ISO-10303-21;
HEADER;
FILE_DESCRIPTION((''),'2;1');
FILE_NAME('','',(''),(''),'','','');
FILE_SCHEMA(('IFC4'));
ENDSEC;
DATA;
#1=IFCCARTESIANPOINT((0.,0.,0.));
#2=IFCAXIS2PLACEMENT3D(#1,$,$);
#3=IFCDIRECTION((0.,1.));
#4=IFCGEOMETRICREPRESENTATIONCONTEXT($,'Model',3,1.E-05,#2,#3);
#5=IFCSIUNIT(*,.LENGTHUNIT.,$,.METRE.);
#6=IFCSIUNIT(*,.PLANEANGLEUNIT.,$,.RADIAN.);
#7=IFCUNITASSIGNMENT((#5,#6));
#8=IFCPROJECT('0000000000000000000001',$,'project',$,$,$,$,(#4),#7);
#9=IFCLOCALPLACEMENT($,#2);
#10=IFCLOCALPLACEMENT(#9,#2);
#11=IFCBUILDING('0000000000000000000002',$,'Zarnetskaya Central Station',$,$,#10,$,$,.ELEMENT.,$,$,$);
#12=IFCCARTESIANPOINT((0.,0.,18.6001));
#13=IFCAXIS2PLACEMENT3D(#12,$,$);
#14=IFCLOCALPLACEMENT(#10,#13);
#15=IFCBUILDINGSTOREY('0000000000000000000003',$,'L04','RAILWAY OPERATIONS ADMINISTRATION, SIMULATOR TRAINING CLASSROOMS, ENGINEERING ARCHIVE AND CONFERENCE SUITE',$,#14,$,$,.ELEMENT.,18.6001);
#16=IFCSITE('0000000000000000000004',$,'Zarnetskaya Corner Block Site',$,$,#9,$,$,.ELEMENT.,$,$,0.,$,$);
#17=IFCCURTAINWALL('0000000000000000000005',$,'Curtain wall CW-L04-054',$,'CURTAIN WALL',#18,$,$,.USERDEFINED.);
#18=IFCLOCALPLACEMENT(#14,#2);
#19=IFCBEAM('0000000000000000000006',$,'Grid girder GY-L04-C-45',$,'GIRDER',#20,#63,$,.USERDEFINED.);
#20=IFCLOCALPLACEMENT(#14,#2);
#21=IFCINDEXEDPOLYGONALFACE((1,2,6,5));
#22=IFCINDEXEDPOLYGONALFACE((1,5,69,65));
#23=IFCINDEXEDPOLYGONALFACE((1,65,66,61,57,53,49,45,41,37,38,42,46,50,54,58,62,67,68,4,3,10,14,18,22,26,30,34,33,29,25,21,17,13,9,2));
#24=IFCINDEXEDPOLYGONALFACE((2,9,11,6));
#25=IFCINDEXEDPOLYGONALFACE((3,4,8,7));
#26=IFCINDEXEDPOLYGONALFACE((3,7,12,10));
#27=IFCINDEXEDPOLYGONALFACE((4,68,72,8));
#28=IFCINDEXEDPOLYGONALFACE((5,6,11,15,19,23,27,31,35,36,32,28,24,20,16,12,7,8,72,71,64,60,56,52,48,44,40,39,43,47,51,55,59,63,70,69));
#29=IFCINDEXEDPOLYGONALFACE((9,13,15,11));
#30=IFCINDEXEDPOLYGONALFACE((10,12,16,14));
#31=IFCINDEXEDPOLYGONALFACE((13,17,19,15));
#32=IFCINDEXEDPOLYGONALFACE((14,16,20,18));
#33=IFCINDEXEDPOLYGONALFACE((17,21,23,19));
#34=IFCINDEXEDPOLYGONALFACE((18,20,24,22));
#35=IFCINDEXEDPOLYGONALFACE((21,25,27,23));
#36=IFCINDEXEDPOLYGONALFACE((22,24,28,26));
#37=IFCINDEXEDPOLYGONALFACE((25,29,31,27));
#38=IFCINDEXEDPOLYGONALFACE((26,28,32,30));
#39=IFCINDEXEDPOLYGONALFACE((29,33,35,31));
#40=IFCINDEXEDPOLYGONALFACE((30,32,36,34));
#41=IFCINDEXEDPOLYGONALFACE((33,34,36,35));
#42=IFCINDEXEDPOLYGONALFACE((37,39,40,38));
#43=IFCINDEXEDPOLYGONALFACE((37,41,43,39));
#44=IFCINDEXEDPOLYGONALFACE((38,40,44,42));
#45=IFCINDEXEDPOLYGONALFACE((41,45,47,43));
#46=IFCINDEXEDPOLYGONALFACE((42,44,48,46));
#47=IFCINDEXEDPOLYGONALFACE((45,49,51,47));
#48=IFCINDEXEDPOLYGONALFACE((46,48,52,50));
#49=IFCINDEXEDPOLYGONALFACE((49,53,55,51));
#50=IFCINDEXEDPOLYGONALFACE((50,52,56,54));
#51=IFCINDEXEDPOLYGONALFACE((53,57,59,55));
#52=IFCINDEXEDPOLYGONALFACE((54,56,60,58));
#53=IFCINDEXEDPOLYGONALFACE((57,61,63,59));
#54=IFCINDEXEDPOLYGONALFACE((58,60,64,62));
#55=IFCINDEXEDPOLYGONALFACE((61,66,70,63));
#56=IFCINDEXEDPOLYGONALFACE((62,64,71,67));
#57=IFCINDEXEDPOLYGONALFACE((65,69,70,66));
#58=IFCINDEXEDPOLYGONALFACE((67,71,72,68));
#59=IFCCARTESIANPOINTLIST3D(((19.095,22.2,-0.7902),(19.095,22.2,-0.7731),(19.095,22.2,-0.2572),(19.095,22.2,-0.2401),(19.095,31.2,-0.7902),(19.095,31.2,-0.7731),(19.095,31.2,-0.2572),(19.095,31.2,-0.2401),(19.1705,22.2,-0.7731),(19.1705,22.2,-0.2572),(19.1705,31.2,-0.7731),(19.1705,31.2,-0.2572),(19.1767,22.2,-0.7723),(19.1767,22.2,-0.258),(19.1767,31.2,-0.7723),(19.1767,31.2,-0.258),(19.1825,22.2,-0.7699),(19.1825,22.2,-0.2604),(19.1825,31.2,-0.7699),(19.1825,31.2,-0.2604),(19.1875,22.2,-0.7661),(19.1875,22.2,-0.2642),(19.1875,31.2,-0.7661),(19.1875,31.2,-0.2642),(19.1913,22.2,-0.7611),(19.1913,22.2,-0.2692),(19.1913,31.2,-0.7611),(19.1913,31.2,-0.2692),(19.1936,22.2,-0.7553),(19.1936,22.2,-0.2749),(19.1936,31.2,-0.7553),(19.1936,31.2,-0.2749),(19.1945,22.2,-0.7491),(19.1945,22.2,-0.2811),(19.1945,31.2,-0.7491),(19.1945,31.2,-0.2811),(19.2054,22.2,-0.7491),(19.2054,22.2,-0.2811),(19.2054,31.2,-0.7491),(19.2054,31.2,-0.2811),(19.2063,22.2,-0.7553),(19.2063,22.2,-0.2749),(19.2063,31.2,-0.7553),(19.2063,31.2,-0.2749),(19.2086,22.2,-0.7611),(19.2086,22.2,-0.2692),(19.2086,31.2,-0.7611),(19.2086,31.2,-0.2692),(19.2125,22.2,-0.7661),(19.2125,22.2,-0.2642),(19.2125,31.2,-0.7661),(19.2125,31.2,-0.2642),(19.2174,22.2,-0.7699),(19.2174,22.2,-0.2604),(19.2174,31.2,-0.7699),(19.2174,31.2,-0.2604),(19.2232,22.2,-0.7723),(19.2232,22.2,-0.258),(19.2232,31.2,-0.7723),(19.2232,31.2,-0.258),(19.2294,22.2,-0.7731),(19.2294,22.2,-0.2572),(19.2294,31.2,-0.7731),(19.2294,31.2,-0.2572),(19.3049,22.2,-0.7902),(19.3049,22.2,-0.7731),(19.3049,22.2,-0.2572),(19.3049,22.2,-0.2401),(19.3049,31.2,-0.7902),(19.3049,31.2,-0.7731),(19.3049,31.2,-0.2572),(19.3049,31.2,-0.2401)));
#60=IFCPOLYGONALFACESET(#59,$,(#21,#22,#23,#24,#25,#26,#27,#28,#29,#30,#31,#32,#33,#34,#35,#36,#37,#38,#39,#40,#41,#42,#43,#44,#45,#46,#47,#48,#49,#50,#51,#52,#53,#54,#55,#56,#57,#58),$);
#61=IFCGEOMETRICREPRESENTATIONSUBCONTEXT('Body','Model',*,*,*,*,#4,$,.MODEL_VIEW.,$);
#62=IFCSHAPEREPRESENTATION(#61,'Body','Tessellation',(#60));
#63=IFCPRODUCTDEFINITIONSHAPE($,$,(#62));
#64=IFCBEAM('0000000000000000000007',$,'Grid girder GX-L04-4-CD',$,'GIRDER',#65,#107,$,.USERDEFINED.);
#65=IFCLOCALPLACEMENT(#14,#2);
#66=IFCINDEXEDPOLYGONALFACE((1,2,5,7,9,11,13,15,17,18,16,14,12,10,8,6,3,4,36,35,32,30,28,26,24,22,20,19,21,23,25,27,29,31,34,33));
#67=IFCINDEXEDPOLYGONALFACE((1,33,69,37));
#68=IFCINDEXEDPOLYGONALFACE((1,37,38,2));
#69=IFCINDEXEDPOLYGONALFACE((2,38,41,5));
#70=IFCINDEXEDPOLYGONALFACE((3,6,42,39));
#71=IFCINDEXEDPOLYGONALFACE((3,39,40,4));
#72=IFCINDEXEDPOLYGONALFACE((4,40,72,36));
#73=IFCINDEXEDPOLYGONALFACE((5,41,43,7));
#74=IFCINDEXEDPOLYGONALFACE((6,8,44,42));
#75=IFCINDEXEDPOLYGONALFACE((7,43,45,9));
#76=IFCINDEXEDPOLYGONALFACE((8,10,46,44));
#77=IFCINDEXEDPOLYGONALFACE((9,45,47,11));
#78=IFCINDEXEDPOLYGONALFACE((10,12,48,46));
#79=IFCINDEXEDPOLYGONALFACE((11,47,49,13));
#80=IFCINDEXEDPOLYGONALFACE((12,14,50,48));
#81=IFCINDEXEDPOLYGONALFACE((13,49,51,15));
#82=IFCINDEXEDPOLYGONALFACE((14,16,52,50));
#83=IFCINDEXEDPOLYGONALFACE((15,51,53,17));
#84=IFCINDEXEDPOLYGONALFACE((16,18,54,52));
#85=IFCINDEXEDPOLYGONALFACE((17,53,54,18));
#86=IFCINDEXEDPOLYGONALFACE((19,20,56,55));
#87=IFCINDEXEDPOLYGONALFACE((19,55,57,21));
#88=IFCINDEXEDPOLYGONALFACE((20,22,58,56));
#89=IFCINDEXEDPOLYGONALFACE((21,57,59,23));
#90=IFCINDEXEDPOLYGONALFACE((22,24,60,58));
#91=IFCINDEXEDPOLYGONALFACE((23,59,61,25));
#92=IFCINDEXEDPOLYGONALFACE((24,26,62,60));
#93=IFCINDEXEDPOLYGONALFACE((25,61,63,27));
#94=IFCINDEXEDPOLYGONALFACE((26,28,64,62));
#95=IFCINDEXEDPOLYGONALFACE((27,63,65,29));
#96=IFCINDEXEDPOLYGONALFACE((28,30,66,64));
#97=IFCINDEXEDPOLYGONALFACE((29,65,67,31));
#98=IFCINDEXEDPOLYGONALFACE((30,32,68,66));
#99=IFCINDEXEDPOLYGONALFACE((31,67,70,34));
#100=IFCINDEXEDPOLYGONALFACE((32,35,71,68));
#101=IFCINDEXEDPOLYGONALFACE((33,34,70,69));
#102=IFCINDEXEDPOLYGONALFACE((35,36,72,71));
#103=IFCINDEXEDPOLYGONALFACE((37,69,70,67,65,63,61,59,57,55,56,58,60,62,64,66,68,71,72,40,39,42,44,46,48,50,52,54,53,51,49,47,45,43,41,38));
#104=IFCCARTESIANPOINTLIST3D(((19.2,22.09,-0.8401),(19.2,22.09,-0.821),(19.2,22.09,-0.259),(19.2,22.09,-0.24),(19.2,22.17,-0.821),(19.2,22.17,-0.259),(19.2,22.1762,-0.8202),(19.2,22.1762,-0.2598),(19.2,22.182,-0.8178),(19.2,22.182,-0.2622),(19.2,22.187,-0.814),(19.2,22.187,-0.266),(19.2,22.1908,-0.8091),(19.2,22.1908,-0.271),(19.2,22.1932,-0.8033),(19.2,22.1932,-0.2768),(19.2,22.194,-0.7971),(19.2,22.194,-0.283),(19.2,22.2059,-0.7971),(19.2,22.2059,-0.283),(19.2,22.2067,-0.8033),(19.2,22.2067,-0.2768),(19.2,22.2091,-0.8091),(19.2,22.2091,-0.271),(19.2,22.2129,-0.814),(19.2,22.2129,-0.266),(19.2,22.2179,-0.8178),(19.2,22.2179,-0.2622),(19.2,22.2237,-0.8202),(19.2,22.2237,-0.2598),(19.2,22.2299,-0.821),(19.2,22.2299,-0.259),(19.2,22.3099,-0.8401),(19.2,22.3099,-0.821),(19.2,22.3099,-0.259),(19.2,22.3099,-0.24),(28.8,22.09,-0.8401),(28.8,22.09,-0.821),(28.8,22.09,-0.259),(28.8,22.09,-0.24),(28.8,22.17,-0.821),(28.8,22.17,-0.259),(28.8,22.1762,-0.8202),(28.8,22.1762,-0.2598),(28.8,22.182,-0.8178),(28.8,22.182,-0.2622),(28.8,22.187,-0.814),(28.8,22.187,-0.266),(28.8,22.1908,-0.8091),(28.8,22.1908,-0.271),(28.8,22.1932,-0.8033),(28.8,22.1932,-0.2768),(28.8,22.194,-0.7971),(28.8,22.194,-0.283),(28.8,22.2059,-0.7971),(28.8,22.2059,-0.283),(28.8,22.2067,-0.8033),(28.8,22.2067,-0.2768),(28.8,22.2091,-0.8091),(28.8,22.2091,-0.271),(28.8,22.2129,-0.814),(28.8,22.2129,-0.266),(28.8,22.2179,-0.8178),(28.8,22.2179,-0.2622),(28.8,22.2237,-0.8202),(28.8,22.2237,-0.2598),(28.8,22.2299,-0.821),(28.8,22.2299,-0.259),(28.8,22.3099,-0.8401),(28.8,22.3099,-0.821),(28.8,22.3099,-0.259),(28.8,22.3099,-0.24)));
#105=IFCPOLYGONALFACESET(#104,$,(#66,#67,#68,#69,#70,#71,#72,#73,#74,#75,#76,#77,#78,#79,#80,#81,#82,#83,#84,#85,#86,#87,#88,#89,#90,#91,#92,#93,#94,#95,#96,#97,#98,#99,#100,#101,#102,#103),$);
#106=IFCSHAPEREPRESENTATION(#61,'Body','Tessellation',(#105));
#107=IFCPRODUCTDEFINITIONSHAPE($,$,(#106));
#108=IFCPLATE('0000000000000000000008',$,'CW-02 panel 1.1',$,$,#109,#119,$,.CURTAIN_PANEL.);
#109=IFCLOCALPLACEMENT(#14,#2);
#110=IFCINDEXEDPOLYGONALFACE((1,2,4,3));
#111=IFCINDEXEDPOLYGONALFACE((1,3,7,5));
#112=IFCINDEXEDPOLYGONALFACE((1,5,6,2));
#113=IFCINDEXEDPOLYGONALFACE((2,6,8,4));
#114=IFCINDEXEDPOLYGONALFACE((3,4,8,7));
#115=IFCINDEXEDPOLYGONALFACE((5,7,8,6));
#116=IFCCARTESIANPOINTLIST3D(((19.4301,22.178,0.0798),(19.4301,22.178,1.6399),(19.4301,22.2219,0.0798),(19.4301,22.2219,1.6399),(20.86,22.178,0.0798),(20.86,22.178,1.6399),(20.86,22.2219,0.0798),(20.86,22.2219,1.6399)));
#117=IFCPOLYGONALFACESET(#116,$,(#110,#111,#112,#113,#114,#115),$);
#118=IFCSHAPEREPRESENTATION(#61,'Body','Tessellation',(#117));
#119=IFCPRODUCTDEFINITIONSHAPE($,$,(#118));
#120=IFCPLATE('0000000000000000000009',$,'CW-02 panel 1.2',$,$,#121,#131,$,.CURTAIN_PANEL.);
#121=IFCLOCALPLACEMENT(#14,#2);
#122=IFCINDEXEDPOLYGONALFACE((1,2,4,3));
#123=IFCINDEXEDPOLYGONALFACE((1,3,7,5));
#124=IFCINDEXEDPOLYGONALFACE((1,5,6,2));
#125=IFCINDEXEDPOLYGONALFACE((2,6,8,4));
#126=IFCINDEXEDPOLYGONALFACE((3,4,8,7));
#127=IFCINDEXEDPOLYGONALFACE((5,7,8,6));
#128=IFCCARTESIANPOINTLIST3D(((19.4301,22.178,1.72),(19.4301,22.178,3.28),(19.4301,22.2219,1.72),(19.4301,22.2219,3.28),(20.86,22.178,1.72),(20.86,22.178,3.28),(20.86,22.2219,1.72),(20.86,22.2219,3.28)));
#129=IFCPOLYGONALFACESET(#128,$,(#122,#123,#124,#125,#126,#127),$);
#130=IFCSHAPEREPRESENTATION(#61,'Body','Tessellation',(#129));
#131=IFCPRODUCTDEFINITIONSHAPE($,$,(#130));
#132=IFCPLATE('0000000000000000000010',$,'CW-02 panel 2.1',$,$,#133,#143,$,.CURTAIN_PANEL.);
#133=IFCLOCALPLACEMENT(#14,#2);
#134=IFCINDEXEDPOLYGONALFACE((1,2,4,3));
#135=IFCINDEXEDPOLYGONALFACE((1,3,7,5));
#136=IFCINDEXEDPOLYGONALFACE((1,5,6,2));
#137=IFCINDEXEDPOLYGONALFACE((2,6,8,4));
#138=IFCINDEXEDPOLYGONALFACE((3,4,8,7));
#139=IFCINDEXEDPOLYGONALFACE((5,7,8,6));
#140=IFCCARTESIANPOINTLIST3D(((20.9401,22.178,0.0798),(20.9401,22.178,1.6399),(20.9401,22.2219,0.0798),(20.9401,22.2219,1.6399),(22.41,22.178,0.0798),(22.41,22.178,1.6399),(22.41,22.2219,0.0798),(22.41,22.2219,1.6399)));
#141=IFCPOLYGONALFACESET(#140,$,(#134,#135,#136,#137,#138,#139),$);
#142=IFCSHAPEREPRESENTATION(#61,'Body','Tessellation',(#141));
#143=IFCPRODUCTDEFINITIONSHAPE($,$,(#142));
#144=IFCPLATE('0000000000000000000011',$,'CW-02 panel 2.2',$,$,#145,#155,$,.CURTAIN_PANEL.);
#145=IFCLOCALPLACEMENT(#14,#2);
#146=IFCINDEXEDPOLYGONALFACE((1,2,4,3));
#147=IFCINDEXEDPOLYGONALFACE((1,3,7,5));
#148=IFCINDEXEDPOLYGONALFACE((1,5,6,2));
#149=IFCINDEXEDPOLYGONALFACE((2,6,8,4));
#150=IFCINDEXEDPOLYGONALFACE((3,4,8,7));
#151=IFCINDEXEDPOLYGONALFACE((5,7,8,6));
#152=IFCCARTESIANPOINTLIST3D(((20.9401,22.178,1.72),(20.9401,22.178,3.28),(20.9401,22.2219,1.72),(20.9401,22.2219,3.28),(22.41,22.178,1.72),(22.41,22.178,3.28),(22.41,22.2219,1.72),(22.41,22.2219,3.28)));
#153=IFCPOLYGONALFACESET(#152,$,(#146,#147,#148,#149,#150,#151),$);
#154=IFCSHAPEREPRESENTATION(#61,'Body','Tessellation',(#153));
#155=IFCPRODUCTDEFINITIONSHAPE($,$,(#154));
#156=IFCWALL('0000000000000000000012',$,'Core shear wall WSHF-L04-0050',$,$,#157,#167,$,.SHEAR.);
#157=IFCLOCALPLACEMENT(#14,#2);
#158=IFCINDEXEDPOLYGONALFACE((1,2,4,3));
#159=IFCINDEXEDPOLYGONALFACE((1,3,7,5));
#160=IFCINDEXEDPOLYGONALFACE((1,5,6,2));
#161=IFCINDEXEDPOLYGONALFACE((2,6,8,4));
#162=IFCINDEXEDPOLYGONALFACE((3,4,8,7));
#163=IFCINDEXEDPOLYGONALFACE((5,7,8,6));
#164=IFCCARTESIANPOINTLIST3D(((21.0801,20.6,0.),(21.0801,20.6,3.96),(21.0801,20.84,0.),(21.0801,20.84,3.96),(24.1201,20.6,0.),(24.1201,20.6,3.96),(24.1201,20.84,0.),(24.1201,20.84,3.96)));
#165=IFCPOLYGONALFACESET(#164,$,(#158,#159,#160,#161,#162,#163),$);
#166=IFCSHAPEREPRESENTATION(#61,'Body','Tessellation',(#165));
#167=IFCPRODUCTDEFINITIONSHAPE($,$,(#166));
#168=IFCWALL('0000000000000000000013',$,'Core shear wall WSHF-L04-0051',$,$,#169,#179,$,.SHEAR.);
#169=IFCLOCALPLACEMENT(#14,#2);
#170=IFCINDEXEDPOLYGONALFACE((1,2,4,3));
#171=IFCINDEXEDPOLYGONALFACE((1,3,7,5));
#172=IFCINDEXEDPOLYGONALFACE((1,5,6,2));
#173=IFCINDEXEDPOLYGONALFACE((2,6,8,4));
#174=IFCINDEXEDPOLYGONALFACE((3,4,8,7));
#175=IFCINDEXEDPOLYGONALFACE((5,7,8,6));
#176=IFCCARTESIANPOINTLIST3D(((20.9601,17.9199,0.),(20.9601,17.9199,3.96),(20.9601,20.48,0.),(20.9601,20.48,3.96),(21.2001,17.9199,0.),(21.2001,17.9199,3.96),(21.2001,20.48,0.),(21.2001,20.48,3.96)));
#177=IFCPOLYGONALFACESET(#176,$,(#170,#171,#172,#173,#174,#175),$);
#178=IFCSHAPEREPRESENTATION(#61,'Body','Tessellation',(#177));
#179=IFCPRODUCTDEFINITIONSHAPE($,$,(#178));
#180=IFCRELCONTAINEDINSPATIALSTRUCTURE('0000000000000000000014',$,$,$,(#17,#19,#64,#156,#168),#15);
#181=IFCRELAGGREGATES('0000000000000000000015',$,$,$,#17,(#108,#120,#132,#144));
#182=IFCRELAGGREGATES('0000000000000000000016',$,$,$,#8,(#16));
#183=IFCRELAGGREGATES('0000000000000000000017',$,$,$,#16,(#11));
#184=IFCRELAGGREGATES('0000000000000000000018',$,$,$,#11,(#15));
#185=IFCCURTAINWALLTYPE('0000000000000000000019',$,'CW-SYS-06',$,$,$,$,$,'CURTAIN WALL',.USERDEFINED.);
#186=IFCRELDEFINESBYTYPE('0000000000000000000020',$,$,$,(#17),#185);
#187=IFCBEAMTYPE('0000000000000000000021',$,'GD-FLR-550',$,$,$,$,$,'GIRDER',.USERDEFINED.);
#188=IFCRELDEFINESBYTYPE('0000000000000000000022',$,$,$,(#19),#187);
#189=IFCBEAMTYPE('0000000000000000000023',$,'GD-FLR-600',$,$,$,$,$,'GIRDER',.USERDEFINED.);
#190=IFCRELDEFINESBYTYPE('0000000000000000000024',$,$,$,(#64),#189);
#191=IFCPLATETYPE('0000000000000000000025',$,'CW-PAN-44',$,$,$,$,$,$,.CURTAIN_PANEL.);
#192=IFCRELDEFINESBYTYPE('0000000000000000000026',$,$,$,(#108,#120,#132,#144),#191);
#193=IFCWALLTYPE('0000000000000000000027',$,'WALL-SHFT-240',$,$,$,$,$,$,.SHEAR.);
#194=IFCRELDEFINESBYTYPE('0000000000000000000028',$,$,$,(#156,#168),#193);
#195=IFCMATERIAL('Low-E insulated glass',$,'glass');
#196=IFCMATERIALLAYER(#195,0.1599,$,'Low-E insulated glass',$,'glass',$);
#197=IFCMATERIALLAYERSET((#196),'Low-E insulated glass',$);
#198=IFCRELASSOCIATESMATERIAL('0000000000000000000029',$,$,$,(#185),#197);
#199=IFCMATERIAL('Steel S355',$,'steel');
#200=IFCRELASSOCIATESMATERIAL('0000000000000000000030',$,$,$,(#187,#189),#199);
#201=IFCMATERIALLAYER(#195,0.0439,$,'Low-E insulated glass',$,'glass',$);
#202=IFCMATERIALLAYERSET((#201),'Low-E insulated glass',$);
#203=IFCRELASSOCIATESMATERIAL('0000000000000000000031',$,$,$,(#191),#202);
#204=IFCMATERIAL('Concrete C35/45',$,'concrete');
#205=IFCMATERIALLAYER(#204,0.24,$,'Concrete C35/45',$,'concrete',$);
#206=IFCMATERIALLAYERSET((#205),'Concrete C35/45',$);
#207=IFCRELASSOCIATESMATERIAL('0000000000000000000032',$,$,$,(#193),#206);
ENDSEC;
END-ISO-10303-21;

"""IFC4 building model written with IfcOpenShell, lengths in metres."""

from ifc_helpers import new_model, si_unit, direction, frame, frame_2d, origin, origin_2d, place, context, subcontext, project, spatial, rectangle, i_section, extrude, material, layer, layer_set, material_profile, profile_set, type_object, element, aggregate, save


model = new_model("IFC4")

# Units and contexts
model_context = context("Model", 3, precision=1e-05, world=origin(), true_north=direction((0.0, 1.0)))
body_context = subcontext(model_context, "Body", "Model", "MODEL_VIEW")
ifc_project = project(units=[si_unit("LENGTHUNIT", "METRE"), si_unit("PLANEANGLEUNIT", "RADIAN")], contexts=[model_context])

# Site, building, storey
site_placement = place(None, origin())
site = spatial("IfcSite", under=ifc_project, at=site_placement, Name="Zarnetskaya Corner Block Site", CompositionType="ELEMENT", RefElevation=0.0)
building_placement = place(site_placement, origin())
building = spatial("IfcBuilding", under=site, at=building_placement, Name="Zarnetskaya Central Station", CompositionType="ELEMENT")
storey_placement = place(building_placement, frame((0.0, 0.0, 18.6001)))
storey = spatial("IfcBuildingStorey", under=building, at=storey_placement, Name="L04", Description="RAILWAY OPERATIONS ADMINISTRATION, SIMULATOR TRAINING CLASSROOMS, ENGINEERING ARCHIVE AND CONFERENCE SUITE", CompositionType="ELEMENT", Elevation=18.6001)

# Shared definitions
ifc_material_1 = material(Name="Steel S355", Category="steel")

# Curtain wall
ifc_material_2 = material(Name="Low-E insulated glass", Category="glass")
ifc_layer_1 = layer(ifc_material_2, 0.1599, Name="Low-E insulated glass", Category="glass")
ifc_layer_set_1 = layer_set([ifc_layer_1], Name="Low-E insulated glass")
curtain_wall_type = type_object("IfcCurtainWallType", Name="CW-SYS-06", ElementType="CURTAIN WALL", PredefinedType="USERDEFINED", material=ifc_layer_set_1)
curtain_wall_placement = place(storey_placement, origin())
curtain_wall = element("IfcCurtainWall", 1, at=curtain_wall_placement, inside=storey, type_object=curtain_wall_type, Name="Curtain wall CW-L04-054", ObjectType="CURTAIN WALL", PredefinedType="USERDEFINED")

# Beams
ifc_material_profile_1 = material_profile(ifc_material_1, i_section(OverallWidth=0.21, OverallDepth=0.55, WebThickness=0.011, FlangeThickness=0.0171, FilletRadius=0.0239, at=origin_2d()), Name="IPE 550")
ifc_profile_set_1 = profile_set([ifc_material_profile_1], Name="Steel S355")
beam_type_1 = type_object("IfcBeamType", Name="GD-FLR-550", ElementType="GIRDER", PredefinedType="USERDEFINED", material=ifc_profile_set_1)
beam_1_placement = place(storey_placement, frame((19.2, 22.2, -0.5151), z_axis=(0.0, 1.0, 0.0), x_axis=(-1.0, 0.0, 0.0)))
element("IfcBeam", 2, at=beam_1_placement, inside=storey, type_object=beam_type_1, Name="Grid girder GY-L04-C-45", ObjectType="GIRDER", PredefinedType="USERDEFINED", context=body_context, shape_type="SweptSolid", body=[
    extrude(i_section(OverallWidth=0.21, OverallDepth=0.55, WebThickness=0.011, FlangeThickness=0.0171, FilletRadius=0.0239, at=origin_2d()), origin(), (0.0, 0.0, 1.0), 9.0),
])
ifc_material_profile_2 = material_profile(ifc_material_1, i_section(OverallWidth=0.22, OverallDepth=0.6001, WebThickness=0.012, FlangeThickness=0.019, FilletRadius=0.0239, at=origin_2d()), Name="IPE 600")
ifc_profile_set_2 = profile_set([ifc_material_profile_2], Name="Steel S355")
beam_type_2 = type_object("IfcBeamType", Name="GD-FLR-600", ElementType="GIRDER", PredefinedType="USERDEFINED", material=ifc_profile_set_2)
beam_2_placement = place(storey_placement, frame((19.2, 22.2, -0.54), z_axis=(1.0, 0.0, 0.0), x_axis=(0.0, 1.0, 0.0)))
element("IfcBeam", 3, at=beam_2_placement, inside=storey, type_object=beam_type_2, Name="Grid girder GX-L04-4-CD", ObjectType="GIRDER", PredefinedType="USERDEFINED", context=body_context, shape_type="SweptSolid", body=[
    extrude(i_section(OverallWidth=0.22, OverallDepth=0.6001, WebThickness=0.012, FlangeThickness=0.019, FilletRadius=0.0239, at=origin_2d()), origin(), (0.0, 0.0, 1.0), 9.6001),
])

# Plates
ifc_layer_2 = layer(ifc_material_2, 0.0439, Name="Low-E insulated glass", Category="glass")
ifc_layer_set_2 = layer_set([ifc_layer_2], Name="Low-E insulated glass")
plate_type = type_object("IfcPlateType", Name="CW-PAN-44", PredefinedType="CURTAIN_PANEL", material=ifc_layer_set_2)
plate_1_placement = place(storey_placement, frame((20.145, 22.2, 0.0798), z_axis=(0.0, 0.0, 1.0), x_axis=(1.0, 0.0, 0.0)))
plate_1 = element("IfcPlate", 4, at=plate_1_placement, type_object=plate_type, Name="CW-02 panel 1.1", PredefinedType="CURTAIN_PANEL", context=body_context, shape_type="SweptSolid", body=[
    extrude(rectangle(XDim=1.4299, YDim=0.0439, at=origin_2d()), origin(), (0.0, 0.0, 1.0), 1.5601),
])
plate_2_placement = place(storey_placement, frame((20.145, 22.2, 1.72), z_axis=(0.0, 0.0, 1.0), x_axis=(1.0, 0.0, 0.0)))
plate_2 = element("IfcPlate", 5, at=plate_2_placement, type_object=plate_type, Name="CW-02 panel 1.2", PredefinedType="CURTAIN_PANEL", context=body_context, shape_type="SweptSolid", body=[
    extrude(rectangle(XDim=1.4299, YDim=0.0439, at=origin_2d()), origin(), (0.0, 0.0, 1.0), 1.5601),
])
plate_3_placement = place(storey_placement, frame((21.675, 22.2, 0.0798), z_axis=(0.0, 0.0, 1.0), x_axis=(1.0, 0.0, 0.0)))
plate_3 = element("IfcPlate", 6, at=plate_3_placement, type_object=plate_type, Name="CW-02 panel 2.1", PredefinedType="CURTAIN_PANEL", context=body_context, shape_type="SweptSolid", body=[
    extrude(rectangle(XDim=1.47, YDim=0.0439, at=origin_2d()), origin(), (0.0, 0.0, 1.0), 1.5601),
])
plate_4_placement = place(storey_placement, frame((21.675, 22.2, 1.72), z_axis=(0.0, 0.0, 1.0), x_axis=(1.0, 0.0, 0.0)))
plate_4 = element("IfcPlate", 7, at=plate_4_placement, type_object=plate_type, Name="CW-02 panel 2.2", PredefinedType="CURTAIN_PANEL", context=body_context, shape_type="SweptSolid", body=[
    extrude(rectangle(XDim=1.47, YDim=0.0439, at=origin_2d()), origin(), (0.0, 0.0, 1.0), 1.5601),
])
aggregate(curtain_wall, [plate_1, plate_2, plate_3, plate_4])

# Walls
ifc_material_3 = material(Name="Concrete C35/45", Category="concrete")
ifc_layer_3 = layer(ifc_material_3, 0.24, Name="Concrete C35/45", Category="concrete")
ifc_layer_set_3 = layer_set([ifc_layer_3], Name="Concrete C35/45")
wall_type = type_object("IfcWallType", Name="WALL-SHFT-240", PredefinedType="SHEAR", material=ifc_layer_set_3)
wall_1_placement = place(storey_placement, frame((21.0801, 20.72, 0.0), z_axis=(0.0, 0.0, 1.0), x_axis=(1.0, 0.0, 0.0)))
element("IfcWall", 8, at=wall_1_placement, inside=storey, type_object=wall_type, Name="Core shear wall WSHF-L04-0050", PredefinedType="SHEAR", context=body_context, shape_type="SweptSolid", body=[
    extrude(rectangle(XDim=3.04, YDim=0.24, at=frame_2d((1.52, 0.0))), origin(), (0.0, 0.0, 1.0), 3.96),
])
wall_2_placement = place(storey_placement, frame((21.0801, 17.9199, 0.0), z_axis=(0.0, 0.0, 1.0), x_axis=(0.0, 1.0, 0.0)))
element("IfcWall", 9, at=wall_2_placement, inside=storey, type_object=wall_type, Name="Core shear wall WSHF-L04-0051", PredefinedType="SHEAR", context=body_context, shape_type="SweptSolid", body=[
    extrude(rectangle(XDim=2.5601, YDim=0.24, at=frame_2d((1.28, 0.0))), origin(), (0.0, 0.0, 1.0), 3.96),
])

save(model, "model.ifc")
